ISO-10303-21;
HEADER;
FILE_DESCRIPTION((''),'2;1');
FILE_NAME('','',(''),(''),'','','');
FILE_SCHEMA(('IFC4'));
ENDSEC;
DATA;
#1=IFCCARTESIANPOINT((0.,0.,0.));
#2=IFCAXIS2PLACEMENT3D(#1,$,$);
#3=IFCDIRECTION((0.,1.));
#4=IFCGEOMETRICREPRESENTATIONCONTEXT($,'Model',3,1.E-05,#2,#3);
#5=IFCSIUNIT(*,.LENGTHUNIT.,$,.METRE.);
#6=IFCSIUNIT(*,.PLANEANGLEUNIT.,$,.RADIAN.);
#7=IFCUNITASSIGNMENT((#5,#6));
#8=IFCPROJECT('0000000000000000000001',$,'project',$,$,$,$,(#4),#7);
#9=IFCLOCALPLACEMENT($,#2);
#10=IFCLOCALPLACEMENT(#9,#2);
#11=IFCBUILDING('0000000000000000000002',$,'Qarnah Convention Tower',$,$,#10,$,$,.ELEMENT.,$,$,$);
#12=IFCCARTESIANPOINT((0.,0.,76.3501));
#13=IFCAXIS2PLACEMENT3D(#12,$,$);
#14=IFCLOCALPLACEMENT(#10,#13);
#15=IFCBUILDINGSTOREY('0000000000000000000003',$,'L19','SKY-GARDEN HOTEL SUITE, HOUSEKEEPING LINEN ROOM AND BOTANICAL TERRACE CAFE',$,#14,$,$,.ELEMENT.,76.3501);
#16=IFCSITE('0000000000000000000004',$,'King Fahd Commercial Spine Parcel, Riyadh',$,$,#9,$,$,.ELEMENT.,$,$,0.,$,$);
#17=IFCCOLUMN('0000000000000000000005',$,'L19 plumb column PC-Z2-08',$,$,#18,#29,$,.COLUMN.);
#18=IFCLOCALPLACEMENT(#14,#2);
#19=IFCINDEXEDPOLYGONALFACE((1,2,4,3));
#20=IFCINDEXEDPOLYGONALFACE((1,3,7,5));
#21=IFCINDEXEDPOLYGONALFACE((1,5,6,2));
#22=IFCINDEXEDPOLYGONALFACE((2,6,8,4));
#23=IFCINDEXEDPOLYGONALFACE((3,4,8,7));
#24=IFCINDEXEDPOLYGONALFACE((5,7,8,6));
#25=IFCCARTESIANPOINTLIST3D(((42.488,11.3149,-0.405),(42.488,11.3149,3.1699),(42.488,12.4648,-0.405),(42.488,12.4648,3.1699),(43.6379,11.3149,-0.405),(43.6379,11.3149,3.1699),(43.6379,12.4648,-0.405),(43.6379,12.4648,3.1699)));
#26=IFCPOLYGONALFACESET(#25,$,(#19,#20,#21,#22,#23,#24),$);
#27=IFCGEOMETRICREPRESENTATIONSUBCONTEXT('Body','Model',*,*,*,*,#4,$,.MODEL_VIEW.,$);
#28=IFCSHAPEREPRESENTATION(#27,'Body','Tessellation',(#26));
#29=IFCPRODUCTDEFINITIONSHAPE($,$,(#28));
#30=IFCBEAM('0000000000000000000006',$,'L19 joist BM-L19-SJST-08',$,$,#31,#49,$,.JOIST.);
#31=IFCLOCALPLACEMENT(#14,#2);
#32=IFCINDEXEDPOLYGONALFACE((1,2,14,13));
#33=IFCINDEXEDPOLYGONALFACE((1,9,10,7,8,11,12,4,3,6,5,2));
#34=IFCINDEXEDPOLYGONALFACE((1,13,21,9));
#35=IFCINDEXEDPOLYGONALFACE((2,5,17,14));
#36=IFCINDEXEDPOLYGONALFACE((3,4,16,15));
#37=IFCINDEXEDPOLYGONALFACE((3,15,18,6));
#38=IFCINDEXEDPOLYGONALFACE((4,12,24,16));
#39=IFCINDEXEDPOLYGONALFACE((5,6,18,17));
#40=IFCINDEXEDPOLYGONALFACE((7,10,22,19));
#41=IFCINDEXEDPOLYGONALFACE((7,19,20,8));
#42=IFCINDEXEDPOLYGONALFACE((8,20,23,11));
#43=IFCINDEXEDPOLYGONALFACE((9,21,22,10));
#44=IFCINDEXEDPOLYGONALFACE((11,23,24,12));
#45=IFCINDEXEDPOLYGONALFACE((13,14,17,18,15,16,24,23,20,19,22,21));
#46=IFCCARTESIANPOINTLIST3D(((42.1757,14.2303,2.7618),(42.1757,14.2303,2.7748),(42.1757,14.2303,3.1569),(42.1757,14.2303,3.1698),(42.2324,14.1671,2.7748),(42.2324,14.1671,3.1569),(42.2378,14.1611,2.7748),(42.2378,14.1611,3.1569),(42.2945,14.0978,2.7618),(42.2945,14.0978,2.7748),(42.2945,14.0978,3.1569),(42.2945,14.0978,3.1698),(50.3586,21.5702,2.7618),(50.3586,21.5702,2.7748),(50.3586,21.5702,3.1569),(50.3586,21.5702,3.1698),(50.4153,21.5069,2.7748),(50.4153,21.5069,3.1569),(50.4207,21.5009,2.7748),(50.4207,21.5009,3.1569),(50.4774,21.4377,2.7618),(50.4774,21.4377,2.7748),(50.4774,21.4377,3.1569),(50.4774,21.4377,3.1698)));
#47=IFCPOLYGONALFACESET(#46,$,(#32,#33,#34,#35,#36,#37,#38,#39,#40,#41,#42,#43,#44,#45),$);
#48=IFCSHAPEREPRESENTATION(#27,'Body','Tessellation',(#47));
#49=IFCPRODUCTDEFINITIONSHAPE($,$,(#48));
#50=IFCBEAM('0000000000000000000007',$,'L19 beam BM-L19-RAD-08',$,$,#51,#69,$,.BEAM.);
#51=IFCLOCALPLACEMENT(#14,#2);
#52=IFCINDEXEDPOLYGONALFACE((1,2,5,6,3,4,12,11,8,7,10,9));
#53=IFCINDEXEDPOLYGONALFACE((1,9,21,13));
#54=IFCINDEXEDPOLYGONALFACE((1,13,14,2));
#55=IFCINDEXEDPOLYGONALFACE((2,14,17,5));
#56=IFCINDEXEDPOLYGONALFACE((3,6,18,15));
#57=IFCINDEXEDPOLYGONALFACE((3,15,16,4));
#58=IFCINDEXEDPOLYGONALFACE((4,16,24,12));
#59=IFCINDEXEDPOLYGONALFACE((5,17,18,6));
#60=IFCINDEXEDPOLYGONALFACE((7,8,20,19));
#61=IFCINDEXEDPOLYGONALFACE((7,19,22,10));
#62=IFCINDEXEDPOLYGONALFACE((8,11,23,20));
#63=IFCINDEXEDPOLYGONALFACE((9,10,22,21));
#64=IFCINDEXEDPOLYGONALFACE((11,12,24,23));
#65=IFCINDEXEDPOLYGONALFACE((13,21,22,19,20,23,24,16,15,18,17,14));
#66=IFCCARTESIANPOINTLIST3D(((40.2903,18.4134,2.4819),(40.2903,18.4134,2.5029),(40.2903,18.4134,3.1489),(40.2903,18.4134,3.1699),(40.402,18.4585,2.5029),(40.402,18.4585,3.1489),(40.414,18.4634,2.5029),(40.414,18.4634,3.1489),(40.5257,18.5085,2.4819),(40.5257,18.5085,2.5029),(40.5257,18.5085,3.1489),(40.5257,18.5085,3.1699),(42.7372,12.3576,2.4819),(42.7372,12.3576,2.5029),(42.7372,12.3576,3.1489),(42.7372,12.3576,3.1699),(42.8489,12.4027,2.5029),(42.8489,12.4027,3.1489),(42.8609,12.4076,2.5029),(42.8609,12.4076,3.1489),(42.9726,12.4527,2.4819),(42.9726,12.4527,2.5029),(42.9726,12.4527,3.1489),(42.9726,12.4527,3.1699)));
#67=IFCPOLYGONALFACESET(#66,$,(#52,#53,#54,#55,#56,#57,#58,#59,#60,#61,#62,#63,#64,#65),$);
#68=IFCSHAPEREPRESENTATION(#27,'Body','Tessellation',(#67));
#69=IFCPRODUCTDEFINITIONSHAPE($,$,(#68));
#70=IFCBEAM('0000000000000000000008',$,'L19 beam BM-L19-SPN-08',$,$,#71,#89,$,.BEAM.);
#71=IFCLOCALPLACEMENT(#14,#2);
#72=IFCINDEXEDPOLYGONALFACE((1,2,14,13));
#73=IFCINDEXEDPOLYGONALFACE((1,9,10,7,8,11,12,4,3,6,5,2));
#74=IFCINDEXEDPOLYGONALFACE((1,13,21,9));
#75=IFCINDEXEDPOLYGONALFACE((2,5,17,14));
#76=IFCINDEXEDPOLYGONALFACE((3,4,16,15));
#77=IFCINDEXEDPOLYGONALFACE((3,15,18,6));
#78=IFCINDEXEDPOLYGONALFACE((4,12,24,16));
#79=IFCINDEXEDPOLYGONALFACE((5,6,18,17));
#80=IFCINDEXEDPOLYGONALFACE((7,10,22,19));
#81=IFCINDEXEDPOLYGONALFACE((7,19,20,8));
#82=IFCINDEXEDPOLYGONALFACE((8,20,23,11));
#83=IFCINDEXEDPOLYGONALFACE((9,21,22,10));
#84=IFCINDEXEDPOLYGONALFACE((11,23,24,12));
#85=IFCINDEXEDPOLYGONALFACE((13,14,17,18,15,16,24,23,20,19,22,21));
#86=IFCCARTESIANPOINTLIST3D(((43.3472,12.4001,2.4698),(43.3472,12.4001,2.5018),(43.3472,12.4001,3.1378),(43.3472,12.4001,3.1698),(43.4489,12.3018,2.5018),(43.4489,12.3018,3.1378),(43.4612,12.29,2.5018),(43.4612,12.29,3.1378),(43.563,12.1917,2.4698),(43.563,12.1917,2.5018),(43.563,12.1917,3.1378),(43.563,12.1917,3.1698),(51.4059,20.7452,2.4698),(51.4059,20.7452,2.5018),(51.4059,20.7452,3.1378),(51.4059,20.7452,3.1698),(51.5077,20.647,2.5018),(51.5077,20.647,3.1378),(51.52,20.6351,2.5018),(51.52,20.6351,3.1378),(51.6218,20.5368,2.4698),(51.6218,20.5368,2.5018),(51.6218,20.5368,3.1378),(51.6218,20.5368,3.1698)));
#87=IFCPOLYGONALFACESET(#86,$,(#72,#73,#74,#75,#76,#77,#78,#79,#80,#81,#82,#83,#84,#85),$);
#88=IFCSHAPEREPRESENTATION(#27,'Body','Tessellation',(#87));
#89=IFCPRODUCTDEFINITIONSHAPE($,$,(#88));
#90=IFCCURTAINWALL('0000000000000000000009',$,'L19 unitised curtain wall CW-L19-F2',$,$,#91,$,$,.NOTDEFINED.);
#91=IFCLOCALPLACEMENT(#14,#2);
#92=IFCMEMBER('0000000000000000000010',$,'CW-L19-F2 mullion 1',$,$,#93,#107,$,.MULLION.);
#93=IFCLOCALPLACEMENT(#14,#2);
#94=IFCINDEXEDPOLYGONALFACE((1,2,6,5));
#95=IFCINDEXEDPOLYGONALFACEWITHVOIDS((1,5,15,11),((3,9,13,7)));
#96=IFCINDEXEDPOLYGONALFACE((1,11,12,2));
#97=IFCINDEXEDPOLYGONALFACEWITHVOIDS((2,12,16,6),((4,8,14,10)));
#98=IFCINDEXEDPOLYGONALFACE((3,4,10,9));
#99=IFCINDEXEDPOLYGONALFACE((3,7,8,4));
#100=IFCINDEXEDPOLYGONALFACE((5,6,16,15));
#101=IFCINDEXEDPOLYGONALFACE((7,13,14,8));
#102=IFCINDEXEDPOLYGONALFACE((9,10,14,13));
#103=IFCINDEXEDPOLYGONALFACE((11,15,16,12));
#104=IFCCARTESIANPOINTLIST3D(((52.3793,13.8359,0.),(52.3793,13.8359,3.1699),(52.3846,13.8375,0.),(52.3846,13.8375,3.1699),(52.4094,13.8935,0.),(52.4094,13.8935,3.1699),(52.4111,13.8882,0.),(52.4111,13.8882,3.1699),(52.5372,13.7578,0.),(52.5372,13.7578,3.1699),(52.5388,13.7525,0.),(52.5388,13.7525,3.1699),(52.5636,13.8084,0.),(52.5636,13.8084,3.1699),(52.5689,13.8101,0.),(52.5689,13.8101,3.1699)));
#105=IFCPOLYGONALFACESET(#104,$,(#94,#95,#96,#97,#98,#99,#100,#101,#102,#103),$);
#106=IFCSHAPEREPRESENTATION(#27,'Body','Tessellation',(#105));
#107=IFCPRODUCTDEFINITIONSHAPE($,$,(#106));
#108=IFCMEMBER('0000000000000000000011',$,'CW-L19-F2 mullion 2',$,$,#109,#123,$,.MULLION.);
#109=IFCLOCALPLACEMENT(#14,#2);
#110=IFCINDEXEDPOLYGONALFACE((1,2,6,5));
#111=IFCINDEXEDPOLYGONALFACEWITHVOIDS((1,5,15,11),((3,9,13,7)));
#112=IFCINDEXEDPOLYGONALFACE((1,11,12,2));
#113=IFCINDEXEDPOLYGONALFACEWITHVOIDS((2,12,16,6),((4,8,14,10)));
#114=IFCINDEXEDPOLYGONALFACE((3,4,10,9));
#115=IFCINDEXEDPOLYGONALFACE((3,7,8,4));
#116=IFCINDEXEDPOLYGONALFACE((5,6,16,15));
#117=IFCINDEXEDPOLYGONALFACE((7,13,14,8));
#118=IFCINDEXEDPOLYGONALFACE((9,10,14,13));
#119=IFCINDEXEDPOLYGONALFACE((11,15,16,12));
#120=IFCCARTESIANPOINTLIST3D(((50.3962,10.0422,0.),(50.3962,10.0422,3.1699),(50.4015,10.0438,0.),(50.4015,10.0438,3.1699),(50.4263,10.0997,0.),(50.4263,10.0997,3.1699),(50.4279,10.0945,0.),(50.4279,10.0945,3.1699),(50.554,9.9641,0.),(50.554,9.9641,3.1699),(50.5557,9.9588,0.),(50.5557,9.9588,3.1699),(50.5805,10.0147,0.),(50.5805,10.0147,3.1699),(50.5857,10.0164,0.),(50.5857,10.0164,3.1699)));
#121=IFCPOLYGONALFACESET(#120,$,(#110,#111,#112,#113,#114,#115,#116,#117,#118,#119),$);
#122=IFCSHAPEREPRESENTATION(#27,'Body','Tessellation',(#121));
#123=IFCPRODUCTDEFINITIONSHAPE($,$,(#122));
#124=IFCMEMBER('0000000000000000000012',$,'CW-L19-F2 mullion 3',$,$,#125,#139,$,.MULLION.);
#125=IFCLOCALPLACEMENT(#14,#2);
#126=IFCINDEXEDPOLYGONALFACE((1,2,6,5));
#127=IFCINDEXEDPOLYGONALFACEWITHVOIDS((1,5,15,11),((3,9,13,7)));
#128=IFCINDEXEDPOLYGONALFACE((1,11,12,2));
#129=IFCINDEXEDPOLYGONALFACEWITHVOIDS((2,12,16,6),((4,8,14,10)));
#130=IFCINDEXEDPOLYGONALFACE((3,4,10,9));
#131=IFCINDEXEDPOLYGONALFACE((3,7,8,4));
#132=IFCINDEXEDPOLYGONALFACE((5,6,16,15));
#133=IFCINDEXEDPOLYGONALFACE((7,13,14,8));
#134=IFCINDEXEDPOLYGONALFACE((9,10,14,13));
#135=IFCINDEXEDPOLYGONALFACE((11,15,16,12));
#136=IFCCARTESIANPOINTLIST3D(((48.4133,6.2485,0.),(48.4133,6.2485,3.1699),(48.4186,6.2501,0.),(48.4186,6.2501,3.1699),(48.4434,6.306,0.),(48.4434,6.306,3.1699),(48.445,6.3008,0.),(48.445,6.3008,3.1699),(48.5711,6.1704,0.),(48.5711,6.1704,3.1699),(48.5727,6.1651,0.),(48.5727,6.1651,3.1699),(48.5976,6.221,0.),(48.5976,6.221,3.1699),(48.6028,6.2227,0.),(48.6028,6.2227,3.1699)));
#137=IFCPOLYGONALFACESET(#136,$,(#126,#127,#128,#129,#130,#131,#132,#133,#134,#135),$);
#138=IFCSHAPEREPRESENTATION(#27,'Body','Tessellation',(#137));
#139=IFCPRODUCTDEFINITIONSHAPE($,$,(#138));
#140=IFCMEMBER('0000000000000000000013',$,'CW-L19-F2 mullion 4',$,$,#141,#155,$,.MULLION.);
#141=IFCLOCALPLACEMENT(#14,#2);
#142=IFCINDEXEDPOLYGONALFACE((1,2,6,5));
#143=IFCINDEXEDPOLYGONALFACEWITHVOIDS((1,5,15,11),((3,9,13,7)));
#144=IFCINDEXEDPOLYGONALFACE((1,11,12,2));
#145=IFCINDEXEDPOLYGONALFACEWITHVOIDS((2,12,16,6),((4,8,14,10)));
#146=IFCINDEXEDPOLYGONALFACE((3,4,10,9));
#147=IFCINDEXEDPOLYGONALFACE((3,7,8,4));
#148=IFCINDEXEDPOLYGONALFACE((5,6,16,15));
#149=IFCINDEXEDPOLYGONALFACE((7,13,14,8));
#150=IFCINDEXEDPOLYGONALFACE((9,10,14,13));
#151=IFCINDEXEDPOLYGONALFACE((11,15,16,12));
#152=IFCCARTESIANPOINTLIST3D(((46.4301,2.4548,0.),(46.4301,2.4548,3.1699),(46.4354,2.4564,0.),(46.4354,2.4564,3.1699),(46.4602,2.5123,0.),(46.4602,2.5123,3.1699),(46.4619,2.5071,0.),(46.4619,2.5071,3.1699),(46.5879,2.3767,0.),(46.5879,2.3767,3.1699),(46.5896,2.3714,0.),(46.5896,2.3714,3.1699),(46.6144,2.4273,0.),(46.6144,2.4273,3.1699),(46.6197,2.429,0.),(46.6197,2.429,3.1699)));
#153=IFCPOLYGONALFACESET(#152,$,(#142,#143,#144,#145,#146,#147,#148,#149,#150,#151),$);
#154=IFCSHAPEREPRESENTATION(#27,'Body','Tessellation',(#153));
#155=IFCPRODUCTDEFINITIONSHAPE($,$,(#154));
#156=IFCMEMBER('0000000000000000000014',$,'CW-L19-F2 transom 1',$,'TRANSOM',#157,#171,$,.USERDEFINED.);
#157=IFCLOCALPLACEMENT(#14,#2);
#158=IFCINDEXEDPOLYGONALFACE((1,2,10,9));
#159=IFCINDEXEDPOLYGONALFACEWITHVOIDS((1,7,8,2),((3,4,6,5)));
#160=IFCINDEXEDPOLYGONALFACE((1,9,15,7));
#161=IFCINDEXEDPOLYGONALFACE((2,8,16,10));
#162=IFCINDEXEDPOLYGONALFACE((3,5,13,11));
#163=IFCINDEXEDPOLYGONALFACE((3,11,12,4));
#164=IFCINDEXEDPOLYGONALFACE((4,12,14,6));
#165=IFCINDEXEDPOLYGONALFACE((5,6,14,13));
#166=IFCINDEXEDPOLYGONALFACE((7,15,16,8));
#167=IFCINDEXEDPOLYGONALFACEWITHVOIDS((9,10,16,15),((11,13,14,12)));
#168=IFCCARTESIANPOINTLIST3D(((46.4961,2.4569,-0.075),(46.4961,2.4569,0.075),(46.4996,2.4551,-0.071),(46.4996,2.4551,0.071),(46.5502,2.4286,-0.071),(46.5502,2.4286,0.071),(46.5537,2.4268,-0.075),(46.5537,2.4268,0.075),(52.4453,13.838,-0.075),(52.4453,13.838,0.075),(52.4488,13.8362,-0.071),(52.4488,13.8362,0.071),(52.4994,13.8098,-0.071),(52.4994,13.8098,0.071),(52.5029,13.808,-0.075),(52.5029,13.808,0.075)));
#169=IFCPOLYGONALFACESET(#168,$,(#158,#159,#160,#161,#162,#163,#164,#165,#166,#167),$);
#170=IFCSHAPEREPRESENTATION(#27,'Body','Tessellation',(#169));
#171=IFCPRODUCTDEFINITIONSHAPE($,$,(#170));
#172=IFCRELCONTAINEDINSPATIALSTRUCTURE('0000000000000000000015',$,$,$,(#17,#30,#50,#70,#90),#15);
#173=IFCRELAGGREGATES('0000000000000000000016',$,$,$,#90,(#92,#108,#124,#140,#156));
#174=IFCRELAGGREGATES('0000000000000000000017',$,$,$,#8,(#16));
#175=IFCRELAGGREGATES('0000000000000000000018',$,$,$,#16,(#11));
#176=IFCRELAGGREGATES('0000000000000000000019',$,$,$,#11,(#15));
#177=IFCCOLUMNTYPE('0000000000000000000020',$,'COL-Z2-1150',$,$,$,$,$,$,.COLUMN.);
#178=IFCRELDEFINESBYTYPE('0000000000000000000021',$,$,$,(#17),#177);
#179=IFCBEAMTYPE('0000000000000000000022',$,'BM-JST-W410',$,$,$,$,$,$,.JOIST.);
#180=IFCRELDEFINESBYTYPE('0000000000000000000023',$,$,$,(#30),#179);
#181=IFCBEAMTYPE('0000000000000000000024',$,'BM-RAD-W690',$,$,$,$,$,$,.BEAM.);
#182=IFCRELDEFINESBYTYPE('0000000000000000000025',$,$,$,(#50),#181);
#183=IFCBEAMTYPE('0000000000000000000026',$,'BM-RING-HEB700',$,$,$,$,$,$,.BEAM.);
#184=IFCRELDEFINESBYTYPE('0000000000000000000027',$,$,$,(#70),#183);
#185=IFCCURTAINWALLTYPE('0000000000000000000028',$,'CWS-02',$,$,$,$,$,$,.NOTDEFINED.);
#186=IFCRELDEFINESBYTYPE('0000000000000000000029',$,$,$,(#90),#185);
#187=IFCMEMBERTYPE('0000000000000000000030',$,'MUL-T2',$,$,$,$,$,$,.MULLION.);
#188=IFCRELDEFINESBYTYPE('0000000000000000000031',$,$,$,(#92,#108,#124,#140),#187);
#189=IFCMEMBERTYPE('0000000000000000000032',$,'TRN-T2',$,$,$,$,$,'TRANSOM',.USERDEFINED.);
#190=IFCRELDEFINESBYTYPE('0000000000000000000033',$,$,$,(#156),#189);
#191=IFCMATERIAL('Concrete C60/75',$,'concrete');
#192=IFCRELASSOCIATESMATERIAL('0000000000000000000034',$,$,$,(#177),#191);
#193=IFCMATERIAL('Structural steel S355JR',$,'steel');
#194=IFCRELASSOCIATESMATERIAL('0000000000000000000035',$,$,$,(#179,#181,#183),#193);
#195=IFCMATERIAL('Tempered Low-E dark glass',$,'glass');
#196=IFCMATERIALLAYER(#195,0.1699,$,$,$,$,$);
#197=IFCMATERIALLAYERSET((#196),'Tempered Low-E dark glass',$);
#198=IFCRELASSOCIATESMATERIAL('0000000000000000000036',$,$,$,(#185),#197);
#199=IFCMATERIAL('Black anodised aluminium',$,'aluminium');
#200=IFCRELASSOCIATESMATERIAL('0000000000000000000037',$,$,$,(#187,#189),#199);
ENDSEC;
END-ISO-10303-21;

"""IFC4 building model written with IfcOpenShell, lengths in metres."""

from ifc_helpers import new_model, si_unit, direction, frame, origin, origin_2d, place, context, subcontext, project, spatial, rectangle, hollow_rectangle, i_section, extrude, material, layer, layer_set, material_profile, profile_set, type_object, element, aggregate, save


model = new_model("IFC4")

# Units and contexts
model_context = context("Model", 3, precision=1e-05, world=origin(), true_north=direction((0.0, 1.0)))
body_context = subcontext(model_context, "Body", "Model", "MODEL_VIEW")
ifc_project = project(units=[si_unit("LENGTHUNIT", "METRE"), si_unit("PLANEANGLEUNIT", "RADIAN")], contexts=[model_context])

# Site, building, storey
site_placement = place(None, origin())
site = spatial("IfcSite", under=ifc_project, at=site_placement, Name="King Fahd Commercial Spine Parcel, Riyadh", CompositionType="ELEMENT", RefElevation=0.0)
building_placement = place(site_placement, origin())
building = spatial("IfcBuilding", under=site, at=building_placement, Name="Qarnah Convention Tower", CompositionType="ELEMENT")
storey_placement = place(building_placement, frame((0.0, 0.0, 76.3501)))
storey = spatial("IfcBuildingStorey", under=building, at=storey_placement, Name="L19", Description="SKY-GARDEN HOTEL SUITE, HOUSEKEEPING LINEN ROOM AND BOTANICAL TERRACE CAFE", CompositionType="ELEMENT", Elevation=76.3501)

# Column
ifc_material_1 = material(Name="Concrete C60/75", Category="concrete")
ifc_material_profile_1 = material_profile(ifc_material_1, rectangle(XDim=1.1499, YDim=1.1499, at=origin_2d()), Name="RC-COL-1150X1150")
ifc_profile_set_1 = profile_set([ifc_material_profile_1], Name="Concrete C60/75")
column_type = type_object("IfcColumnType", Name="COL-Z2-1150", PredefinedType="COLUMN", material=ifc_profile_set_1)
column_placement = place(storey_placement, frame((43.063, 11.8899, -0.405), z_axis=(0.0, 0.0, 1.0), x_axis=(1.0, 0.0, 0.0)))
element("IfcColumn", 1, at=column_placement, inside=storey, type_object=column_type, Name="L19 plumb column PC-Z2-08", PredefinedType="COLUMN", context=body_context, shape_type="SweptSolid", body=[
    extrude(rectangle(XDim=1.1499, YDim=1.1499, at=origin_2d()), origin(), (0.0, 0.0, 1.0), 3.575),
])

# Beams
ifc_material_2 = material(Name="Structural steel S355JR", Category="steel")
ifc_material_profile_2 = material_profile(ifc_material_2, i_section(OverallWidth=0.178, OverallDepth=0.408, WebThickness=0.0081, FlangeThickness=0.0129, at=origin_2d()), Name="W410X60")
ifc_profile_set_2 = profile_set([ifc_material_profile_2], Name="Structural steel S355JR")
beam_type_1 = type_object("IfcBeamType", Name="BM-JST-W410", PredefinedType="JOIST", material=ifc_profile_set_2)
beam_1_placement = place(storey_placement, frame((42.2351, 14.1641, 2.9658), z_axis=(0.744412, 0.667721, 0.0), x_axis=(-0.667721, 0.744412, 0.0)))
element("IfcBeam", 2, at=beam_1_placement, inside=storey, type_object=beam_type_1, Name="L19 joist BM-L19-SJST-08", PredefinedType="JOIST", context=body_context, shape_type="SweptSolid", body=[
    extrude(i_section(OverallWidth=0.178, OverallDepth=0.408, WebThickness=0.0081, FlangeThickness=0.0129, at=origin_2d()), origin(), (0.0, 0.0, 1.0), 10.9924),
])
ifc_material_profile_3 = material_profile(ifc_material_2, i_section(OverallWidth=0.2539, OverallDepth=0.688, WebThickness=0.0129, FlangeThickness=0.021, at=origin_2d()), Name="W690X152")
ifc_profile_set_3 = profile_set([ifc_material_profile_3], Name="Structural steel S355JR")
beam_type_2 = type_object("IfcBeamType", Name="BM-RAD-W690", PredefinedType="BEAM", material=ifc_profile_set_3)
beam_2_placement = place(storey_placement, frame((40.408, 18.4609, 2.8259), z_axis=(0.374643, -0.927169, 0.0), x_axis=(0.927169, 0.374643, 0.0)))
element("IfcBeam", 3, at=beam_2_placement, inside=storey, type_object=beam_type_2, Name="L19 beam BM-L19-RAD-08", PredefinedType="BEAM", context=body_context, shape_type="SweptSolid", body=[
    extrude(i_section(OverallWidth=0.2539, OverallDepth=0.688, WebThickness=0.0129, FlangeThickness=0.021, at=origin_2d()), origin(), (0.0, 0.0, 1.0), 6.5315),
])
ifc_material_profile_4 = material_profile(ifc_material_2, i_section(OverallWidth=0.3, OverallDepth=0.7, WebThickness=0.0171, FlangeThickness=0.032, at=origin_2d()), Name="HEB700")
ifc_profile_set_4 = profile_set([ifc_material_profile_4], Name="Structural steel S355JR")
beam_type_3 = type_object("IfcBeamType", Name="BM-RING-HEB700", PredefinedType="BEAM", material=ifc_profile_set_4)
beam_3_placement = place(storey_placement, frame((43.4551, 12.2959, 2.8198), z_axis=(0.694656, 0.719342, 0.0), x_axis=(-0.719342, 0.694656, 0.0)))
element("IfcBeam", 4, at=beam_3_placement, inside=storey, type_object=beam_type_3, Name="L19 beam BM-L19-SPN-08", PredefinedType="BEAM", context=body_context, shape_type="SweptSolid", body=[
    extrude(i_section(OverallWidth=0.3, OverallDepth=0.7, WebThickness=0.0171, FlangeThickness=0.032, at=origin_2d()), origin(), (0.0, 0.0, 1.0), 11.6011),
])

# Curtain wall, members
ifc_material_3 = material(Name="Tempered Low-E dark glass", Category="glass")
ifc_layer_1 = layer(ifc_material_3, 0.1699)
ifc_layer_set_1 = layer_set([ifc_layer_1], Name="Tempered Low-E dark glass")
curtain_wall_type = type_object("IfcCurtainWallType", Name="CWS-02", PredefinedType="NOTDEFINED", material=ifc_layer_set_1)
curtain_wall_placement = place(storey_placement, origin())
curtain_wall = element("IfcCurtainWall", 5, at=curtain_wall_placement, inside=storey, type_object=curtain_wall_type, Name="L19 unitised curtain wall CW-L19-F2", PredefinedType="NOTDEFINED")
ifc_material_4 = material(Name="Black anodised aluminium", Category="aluminium")
ifc_material_profile_5 = material_profile(ifc_material_4, hollow_rectangle(XDim=0.0649, YDim=0.1799, WallThickness=0.0039, at=origin_2d()), Name="MUL-65X180")
ifc_profile_set_5 = profile_set([ifc_material_profile_5], Name="Black anodised aluminium")
member_type_1 = type_object("IfcMemberType", Name="MUL-T2", PredefinedType="MULLION", material=ifc_profile_set_5)
member_1_placement = place(storey_placement, frame((52.4741, 13.823, 0.0), z_axis=(0.0, 0.0, 1.0), x_axis=(-0.463244, -0.886231, 0.0)))
member_1 = element("IfcMember", 6, at=member_1_placement, type_object=member_type_1, Name="CW-L19-F2 mullion 1", PredefinedType="MULLION", context=body_context, shape_type="SweptSolid", body=[
    extrude(hollow_rectangle(XDim=0.0649, YDim=0.1799, WallThickness=0.0039, at=origin_2d()), origin(), (0.0, 0.0, 1.0), 3.1699),
])
member_2_placement = place(storey_placement, frame((50.491, 10.0293, 0.0), z_axis=(0.0, 0.0, 1.0), x_axis=(-0.463244, -0.886231, 0.0)))
member_2 = element("IfcMember", 7, at=member_2_placement, type_object=member_type_1, Name="CW-L19-F2 mullion 2", PredefinedType="MULLION", context=body_context, shape_type="SweptSolid", body=[
    extrude(hollow_rectangle(XDim=0.0649, YDim=0.1799, WallThickness=0.0039, at=origin_2d()), origin(), (0.0, 0.0, 1.0), 3.1699),
])
member_3_placement = place(storey_placement, frame((48.5081, 6.2356, 0.0), z_axis=(0.0, 0.0, 1.0), x_axis=(-0.463244, -0.886231, 0.0)))
member_3 = element("IfcMember", 8, at=member_3_placement, type_object=member_type_1, Name="CW-L19-F2 mullion 3", PredefinedType="MULLION", context=body_context, shape_type="SweptSolid", body=[
    extrude(hollow_rectangle(XDim=0.0649, YDim=0.1799, WallThickness=0.0039, at=origin_2d()), origin(), (0.0, 0.0, 1.0), 3.1699),
])
member_4_placement = place(storey_placement, frame((46.5249, 2.4419, 0.0), z_axis=(0.0, 0.0, 1.0), x_axis=(-0.463244, -0.886231, 0.0)))
member_4 = element("IfcMember", 9, at=member_4_placement, type_object=member_type_1, Name="CW-L19-F2 mullion 4", PredefinedType="MULLION", context=body_context, shape_type="SweptSolid", body=[
    extrude(hollow_rectangle(XDim=0.0649, YDim=0.1799, WallThickness=0.0039, at=origin_2d()), origin(), (0.0, 0.0, 1.0), 3.1699),
])
ifc_material_profile_6 = material_profile(ifc_material_4, hollow_rectangle(XDim=0.0649, YDim=0.1499, WallThickness=0.0039, at=origin_2d()), Name="TRN-65X150")
ifc_profile_set_6 = profile_set([ifc_material_profile_6], Name="Black anodised aluminium")
member_type_2 = type_object("IfcMemberType", Name="TRN-T2", ElementType="TRANSOM", PredefinedType="USERDEFINED", material=ifc_profile_set_6)
member_5_placement = place(storey_placement, frame((52.4741, 13.823, 0.0), z_axis=(-0.463255, -0.886225, 0.0), x_axis=(0.886225, -0.463255, 0.0)))
member_5 = element("IfcMember", 10, at=member_5_placement, type_object=member_type_2, Name="CW-L19-F2 transom 1", ObjectType="TRANSOM", PredefinedType="USERDEFINED", context=body_context, shape_type="SweptSolid", body=[
    extrude(hollow_rectangle(XDim=0.0649, YDim=0.1499, WallThickness=0.0039, at=origin_2d()), origin(), (0.0, 0.0, 1.0), 12.8423),
])
aggregate(curtain_wall, [member_1, member_2, member_3, member_4, member_5])

save(model, "model.ifc")
